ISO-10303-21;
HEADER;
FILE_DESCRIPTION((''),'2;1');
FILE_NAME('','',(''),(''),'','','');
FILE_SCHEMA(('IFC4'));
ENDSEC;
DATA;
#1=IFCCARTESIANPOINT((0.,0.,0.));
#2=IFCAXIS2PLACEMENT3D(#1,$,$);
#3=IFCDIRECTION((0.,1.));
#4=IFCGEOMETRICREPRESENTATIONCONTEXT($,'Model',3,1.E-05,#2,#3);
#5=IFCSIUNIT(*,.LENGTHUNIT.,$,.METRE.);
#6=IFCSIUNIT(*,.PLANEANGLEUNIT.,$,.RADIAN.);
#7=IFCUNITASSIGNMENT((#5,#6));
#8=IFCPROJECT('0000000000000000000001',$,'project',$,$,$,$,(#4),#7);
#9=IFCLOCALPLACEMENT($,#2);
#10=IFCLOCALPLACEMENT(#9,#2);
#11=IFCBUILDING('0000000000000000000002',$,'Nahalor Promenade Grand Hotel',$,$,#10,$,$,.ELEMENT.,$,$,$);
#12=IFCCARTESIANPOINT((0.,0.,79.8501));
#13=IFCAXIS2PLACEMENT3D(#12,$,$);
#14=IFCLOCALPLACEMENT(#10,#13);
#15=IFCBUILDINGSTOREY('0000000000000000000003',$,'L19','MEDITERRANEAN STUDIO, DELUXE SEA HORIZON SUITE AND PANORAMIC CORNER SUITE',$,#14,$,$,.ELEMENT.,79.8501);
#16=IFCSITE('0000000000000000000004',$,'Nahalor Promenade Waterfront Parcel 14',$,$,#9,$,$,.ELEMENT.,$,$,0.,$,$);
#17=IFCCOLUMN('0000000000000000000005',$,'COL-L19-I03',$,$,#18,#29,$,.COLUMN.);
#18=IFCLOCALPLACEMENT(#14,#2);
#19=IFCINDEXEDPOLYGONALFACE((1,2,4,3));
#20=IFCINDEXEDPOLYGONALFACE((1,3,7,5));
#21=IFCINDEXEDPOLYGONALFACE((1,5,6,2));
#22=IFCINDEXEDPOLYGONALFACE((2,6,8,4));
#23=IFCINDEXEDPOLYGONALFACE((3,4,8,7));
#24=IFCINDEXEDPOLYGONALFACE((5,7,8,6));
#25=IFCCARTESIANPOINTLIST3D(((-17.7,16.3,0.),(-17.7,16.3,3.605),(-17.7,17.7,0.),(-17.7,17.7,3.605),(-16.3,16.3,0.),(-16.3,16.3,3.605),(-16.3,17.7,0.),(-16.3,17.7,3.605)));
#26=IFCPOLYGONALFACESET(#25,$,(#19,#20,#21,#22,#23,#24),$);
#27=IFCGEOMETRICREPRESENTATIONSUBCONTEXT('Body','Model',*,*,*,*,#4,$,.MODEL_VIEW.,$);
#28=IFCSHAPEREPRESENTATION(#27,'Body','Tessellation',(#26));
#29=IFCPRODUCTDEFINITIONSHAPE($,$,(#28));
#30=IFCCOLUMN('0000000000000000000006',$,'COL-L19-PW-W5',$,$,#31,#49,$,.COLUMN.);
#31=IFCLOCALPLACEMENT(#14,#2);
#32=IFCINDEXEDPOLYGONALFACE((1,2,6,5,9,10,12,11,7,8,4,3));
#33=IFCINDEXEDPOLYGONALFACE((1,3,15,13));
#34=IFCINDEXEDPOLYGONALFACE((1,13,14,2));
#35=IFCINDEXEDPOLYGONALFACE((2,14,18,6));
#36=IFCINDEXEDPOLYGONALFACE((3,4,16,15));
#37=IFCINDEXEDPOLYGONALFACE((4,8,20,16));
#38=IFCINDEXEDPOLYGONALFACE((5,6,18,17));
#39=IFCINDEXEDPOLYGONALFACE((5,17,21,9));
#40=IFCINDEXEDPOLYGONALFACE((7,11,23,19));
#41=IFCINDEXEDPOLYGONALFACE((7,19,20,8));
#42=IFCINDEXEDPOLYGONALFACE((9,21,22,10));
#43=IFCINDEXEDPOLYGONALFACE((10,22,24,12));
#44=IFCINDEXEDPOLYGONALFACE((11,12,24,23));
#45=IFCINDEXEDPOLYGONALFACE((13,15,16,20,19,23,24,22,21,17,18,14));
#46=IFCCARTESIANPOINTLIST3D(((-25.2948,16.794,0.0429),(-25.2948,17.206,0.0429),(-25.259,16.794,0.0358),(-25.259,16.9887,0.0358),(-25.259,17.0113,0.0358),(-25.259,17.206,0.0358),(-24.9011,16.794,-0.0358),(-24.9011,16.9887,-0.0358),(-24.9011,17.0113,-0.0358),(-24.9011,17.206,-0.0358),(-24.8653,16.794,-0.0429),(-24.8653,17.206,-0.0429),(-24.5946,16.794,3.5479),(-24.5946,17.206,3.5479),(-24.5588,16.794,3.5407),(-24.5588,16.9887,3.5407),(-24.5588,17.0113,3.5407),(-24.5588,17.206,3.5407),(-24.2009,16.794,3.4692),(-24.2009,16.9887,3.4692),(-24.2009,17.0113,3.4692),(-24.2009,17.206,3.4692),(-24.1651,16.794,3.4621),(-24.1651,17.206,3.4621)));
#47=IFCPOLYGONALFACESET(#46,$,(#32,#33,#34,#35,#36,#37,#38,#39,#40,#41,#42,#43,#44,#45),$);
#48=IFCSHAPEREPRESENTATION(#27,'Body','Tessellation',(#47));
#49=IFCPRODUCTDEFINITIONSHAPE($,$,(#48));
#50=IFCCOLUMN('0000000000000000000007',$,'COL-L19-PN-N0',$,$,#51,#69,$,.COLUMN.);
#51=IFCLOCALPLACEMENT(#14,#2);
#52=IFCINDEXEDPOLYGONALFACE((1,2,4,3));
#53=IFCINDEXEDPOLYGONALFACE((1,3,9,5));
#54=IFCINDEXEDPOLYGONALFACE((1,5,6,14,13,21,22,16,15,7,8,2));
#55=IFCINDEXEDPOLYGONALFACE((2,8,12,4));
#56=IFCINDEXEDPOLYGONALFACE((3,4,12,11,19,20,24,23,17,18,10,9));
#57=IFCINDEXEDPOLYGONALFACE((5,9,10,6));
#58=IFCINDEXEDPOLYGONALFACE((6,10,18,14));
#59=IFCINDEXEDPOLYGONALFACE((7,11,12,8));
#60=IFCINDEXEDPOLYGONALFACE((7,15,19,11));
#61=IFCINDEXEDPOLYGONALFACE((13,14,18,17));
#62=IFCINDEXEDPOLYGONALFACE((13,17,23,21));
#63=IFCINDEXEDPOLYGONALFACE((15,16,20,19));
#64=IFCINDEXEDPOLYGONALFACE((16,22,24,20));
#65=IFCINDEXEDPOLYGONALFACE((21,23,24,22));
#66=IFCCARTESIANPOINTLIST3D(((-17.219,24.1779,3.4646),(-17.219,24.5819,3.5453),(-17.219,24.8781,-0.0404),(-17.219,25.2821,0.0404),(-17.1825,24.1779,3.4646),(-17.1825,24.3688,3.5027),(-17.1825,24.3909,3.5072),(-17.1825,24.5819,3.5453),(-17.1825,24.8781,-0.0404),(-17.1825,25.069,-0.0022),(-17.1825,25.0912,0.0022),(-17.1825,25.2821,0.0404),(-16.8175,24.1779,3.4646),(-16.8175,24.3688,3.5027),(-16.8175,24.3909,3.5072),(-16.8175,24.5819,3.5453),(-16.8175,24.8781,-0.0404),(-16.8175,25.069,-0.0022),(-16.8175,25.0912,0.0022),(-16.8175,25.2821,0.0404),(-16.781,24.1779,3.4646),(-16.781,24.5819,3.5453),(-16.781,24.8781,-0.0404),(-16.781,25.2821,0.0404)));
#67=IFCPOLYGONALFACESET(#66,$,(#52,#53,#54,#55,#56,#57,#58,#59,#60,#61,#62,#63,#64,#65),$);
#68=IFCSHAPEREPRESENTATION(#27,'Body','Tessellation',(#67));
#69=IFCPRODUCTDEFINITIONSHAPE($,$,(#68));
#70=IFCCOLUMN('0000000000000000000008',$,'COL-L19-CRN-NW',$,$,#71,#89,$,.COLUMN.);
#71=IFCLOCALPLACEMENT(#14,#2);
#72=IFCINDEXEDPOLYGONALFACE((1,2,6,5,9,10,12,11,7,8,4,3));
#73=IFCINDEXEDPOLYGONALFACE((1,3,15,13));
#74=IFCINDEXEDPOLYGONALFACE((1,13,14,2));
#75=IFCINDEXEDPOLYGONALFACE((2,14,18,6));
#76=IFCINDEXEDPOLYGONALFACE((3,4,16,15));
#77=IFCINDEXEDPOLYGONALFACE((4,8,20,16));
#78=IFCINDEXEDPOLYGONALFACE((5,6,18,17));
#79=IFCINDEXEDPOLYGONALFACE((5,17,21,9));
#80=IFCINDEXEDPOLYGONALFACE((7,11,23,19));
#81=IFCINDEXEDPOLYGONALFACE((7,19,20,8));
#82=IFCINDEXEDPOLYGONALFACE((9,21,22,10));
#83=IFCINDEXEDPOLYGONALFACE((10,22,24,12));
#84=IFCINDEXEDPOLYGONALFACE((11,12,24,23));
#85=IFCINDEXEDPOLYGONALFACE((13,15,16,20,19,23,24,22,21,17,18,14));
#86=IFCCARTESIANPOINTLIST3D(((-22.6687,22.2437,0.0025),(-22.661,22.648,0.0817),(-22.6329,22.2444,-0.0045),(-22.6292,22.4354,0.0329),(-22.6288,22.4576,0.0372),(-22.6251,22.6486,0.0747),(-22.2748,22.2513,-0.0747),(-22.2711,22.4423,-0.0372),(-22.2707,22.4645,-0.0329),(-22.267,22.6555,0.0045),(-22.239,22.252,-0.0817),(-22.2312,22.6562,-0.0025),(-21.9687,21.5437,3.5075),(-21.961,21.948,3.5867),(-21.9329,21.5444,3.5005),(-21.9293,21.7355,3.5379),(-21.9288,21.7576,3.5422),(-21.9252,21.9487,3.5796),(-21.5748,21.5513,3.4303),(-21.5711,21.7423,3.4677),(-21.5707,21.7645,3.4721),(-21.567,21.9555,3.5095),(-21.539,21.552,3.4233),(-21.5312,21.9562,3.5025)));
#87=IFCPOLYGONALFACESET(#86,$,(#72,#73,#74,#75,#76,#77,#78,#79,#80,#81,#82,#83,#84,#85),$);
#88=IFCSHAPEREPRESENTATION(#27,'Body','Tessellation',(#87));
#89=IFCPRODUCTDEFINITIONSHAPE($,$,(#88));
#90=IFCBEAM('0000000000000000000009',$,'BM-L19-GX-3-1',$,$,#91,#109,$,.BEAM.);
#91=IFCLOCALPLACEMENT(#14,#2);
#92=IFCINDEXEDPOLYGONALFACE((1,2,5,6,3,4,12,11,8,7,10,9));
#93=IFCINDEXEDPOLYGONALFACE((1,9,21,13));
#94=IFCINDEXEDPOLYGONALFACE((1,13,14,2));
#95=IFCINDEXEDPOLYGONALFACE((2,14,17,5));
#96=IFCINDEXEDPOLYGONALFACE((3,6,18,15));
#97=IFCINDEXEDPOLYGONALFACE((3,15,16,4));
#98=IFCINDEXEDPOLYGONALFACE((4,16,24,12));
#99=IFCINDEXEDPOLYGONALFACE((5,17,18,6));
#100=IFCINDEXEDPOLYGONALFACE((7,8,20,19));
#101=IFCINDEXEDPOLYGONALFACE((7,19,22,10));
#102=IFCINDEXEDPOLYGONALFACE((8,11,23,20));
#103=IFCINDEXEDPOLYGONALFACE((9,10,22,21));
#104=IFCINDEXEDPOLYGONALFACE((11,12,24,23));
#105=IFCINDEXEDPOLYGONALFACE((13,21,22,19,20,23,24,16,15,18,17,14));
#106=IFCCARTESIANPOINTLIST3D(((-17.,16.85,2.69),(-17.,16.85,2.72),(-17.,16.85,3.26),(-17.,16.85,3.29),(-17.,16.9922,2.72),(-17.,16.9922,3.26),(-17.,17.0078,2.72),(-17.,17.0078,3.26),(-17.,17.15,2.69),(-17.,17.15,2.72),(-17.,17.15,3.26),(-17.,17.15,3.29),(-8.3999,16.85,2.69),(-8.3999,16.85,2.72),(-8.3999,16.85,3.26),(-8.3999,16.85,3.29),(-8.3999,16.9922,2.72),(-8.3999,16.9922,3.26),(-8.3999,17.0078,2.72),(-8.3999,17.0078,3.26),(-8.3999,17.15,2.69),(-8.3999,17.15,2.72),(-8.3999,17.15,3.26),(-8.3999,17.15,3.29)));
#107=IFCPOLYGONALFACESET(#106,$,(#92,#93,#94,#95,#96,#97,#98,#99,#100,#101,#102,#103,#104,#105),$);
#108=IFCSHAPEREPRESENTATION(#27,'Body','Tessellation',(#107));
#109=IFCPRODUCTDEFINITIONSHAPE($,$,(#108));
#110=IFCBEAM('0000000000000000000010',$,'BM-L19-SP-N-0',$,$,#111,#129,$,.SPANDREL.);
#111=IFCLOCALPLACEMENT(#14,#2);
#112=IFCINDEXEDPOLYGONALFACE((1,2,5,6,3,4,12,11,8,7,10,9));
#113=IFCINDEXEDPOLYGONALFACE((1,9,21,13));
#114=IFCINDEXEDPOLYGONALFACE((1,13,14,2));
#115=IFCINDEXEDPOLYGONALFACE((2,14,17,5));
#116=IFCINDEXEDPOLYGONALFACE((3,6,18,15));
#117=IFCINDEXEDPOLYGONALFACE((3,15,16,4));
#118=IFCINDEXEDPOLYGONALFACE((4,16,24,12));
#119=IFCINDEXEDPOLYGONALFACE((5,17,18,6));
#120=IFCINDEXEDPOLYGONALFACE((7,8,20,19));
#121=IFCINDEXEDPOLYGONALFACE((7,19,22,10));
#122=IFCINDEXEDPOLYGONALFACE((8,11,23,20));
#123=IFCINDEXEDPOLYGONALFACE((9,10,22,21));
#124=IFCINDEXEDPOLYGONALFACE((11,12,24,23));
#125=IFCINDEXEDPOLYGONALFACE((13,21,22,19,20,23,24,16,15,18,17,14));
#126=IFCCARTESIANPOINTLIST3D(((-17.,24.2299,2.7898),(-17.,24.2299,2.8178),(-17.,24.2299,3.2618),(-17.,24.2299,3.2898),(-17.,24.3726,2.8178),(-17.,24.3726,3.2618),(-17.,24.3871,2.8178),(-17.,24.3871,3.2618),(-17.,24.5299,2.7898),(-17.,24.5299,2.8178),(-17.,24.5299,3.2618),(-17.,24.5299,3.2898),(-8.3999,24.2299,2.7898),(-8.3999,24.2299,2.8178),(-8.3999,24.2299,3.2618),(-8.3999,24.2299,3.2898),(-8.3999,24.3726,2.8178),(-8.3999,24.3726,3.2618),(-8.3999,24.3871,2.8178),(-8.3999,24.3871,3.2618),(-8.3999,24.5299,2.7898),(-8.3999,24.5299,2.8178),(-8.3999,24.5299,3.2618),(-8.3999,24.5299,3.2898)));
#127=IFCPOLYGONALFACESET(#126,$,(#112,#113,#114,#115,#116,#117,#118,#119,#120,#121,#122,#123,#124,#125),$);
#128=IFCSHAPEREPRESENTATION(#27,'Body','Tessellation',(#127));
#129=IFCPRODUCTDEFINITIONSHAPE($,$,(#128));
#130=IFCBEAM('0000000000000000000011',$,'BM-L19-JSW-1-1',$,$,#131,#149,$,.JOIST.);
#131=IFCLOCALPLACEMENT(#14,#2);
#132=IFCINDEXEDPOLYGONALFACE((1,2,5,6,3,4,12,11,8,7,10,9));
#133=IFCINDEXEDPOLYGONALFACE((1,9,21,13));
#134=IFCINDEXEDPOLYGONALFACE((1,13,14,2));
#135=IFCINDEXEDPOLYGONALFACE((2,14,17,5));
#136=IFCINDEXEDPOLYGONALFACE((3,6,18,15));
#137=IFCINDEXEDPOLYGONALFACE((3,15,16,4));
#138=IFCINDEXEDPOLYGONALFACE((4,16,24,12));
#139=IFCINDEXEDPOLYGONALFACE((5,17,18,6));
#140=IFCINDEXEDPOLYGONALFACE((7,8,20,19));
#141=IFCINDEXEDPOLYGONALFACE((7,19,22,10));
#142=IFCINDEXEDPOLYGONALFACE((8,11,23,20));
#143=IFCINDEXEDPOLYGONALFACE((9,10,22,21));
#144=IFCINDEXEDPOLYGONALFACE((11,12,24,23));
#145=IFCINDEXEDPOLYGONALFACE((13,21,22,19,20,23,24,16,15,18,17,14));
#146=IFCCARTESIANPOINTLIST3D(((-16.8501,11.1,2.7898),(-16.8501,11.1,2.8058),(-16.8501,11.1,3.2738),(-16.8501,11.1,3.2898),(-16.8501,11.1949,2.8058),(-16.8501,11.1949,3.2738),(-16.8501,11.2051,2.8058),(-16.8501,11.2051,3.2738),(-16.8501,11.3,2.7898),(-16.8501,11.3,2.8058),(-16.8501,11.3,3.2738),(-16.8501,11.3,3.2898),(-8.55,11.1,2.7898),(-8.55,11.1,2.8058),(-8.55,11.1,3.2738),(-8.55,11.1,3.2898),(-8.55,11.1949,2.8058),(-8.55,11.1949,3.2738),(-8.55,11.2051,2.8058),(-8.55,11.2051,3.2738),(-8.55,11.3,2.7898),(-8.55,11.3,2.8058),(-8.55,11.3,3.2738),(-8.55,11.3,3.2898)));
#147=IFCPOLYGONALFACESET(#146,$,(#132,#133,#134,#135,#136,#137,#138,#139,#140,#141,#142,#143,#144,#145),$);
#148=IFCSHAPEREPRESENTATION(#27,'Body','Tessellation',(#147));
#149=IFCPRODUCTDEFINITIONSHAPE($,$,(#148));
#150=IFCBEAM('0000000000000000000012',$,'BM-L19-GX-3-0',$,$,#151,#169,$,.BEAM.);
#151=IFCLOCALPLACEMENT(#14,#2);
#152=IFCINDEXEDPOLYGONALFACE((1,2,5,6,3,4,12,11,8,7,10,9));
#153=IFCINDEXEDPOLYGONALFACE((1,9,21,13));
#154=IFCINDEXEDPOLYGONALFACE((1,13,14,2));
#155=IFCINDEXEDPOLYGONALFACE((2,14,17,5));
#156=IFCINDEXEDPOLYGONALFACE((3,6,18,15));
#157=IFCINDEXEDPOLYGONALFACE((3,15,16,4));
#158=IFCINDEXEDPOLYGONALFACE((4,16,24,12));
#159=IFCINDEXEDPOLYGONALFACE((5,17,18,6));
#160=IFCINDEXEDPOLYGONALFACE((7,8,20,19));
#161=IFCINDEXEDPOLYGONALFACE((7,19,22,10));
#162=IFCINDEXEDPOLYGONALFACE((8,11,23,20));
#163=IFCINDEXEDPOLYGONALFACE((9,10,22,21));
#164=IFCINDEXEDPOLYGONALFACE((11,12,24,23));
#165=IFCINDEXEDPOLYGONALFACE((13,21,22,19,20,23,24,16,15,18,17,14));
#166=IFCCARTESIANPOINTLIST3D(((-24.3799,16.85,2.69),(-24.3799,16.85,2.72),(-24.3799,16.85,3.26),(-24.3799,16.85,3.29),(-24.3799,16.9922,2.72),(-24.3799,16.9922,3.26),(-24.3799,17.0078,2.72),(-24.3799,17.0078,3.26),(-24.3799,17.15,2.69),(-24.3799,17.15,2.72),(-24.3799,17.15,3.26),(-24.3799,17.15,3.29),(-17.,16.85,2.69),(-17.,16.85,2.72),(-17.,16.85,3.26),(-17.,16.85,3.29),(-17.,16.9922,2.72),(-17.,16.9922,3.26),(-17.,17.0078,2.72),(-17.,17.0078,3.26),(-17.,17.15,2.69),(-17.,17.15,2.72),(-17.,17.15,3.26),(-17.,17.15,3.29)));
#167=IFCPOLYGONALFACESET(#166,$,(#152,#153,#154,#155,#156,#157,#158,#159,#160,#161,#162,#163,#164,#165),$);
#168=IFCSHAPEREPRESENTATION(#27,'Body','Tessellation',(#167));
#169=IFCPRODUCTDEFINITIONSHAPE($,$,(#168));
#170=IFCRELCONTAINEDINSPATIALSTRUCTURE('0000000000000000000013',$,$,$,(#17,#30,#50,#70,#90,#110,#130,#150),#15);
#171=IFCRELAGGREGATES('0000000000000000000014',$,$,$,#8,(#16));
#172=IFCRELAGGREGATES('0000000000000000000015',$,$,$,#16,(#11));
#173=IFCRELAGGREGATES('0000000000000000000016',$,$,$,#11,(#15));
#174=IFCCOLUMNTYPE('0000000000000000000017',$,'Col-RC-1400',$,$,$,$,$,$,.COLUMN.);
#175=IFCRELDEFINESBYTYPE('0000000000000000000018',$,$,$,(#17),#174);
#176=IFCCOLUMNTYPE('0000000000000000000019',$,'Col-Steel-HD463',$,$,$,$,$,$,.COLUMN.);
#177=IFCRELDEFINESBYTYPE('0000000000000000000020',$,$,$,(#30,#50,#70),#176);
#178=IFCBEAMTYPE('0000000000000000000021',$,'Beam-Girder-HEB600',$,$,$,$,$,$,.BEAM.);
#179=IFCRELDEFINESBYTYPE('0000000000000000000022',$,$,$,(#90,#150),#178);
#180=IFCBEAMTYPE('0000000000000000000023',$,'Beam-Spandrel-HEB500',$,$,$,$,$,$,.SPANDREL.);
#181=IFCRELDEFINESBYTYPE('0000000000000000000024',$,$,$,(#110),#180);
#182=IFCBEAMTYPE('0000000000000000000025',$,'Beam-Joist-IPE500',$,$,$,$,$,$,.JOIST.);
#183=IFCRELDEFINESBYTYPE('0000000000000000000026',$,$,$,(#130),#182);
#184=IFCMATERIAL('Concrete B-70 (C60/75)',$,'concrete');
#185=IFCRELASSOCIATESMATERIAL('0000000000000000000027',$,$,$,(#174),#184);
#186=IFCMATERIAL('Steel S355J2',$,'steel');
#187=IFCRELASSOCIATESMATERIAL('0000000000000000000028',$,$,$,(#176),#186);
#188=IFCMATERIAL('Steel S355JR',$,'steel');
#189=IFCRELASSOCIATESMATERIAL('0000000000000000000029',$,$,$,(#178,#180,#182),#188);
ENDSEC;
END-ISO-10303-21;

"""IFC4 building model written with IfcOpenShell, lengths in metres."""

from ifc_helpers import new_model, si_unit, direction, frame, origin, origin_2d, place, context, subcontext, project, spatial, rectangle, i_section, extrude, source, transform, mapped, material, material_profile, profile_set, type_object, element, save


model = new_model("IFC4")

# Units and contexts
model_context = context("Model", 3, precision=1e-05, world=origin(), true_north=direction((0.0, 1.0)))
body_context = subcontext(model_context, "Body", "Model", "MODEL_VIEW")
ifc_project = project(units=[si_unit("LENGTHUNIT", "METRE"), si_unit("PLANEANGLEUNIT", "RADIAN")], contexts=[model_context])

# Site, building, storey
site_placement = place(None, origin())
site = spatial("IfcSite", under=ifc_project, at=site_placement, Name="Nahalor Promenade Waterfront Parcel 14", CompositionType="ELEMENT", RefElevation=0.0)
building_placement = place(site_placement, origin())
building = spatial("IfcBuilding", under=site, at=building_placement, Name="Nahalor Promenade Grand Hotel", CompositionType="ELEMENT")
storey_placement = place(building_placement, frame((0.0, 0.0, 79.8501)))
storey = spatial("IfcBuildingStorey", under=building, at=storey_placement, Name="L19", Description="MEDITERRANEAN STUDIO, DELUXE SEA HORIZON SUITE AND PANORAMIC CORNER SUITE", CompositionType="ELEMENT", Elevation=79.8501)

# Columns
ifc_material_1 = material(Name="Concrete B-70 (C60/75)", Category="concrete")
ifc_material_profile_1 = material_profile(ifc_material_1, rectangle(XDim=1.4, YDim=1.4, at=origin_2d()), Name="RC 1400x1400")
ifc_profile_set_1 = profile_set([ifc_material_profile_1], Name="Concrete B-70 (C60/75)")
column_type_1 = type_object("IfcColumnType", Name="Col-RC-1400", PredefinedType="COLUMN", material=ifc_profile_set_1)
shared_shape_1 = source(origin(), body_context, "Body", "SweptSolid", [
    extrude(rectangle(XDim=1.4, YDim=1.4, at=origin_2d()), origin(), (0.0, 0.0, 1.0), 3.605),
])
column_1_placement = place(storey_placement, frame((-17.0, 17.0, 0.0), z_axis=(0.0, 0.0, 1.0), x_axis=(1.0, 0.0, 0.0)))
element("IfcColumn", 1, at=column_1_placement, inside=storey, type_object=column_type_1, Name="COL-L19-I03", PredefinedType="COLUMN", context=body_context, shape_type="MappedRepresentation", body=[
    mapped(shared_shape_1, transform((0.0, 0.0, 0.0), scale=1.0)),
])
ifc_material_2 = material(Name="Steel S355J2", Category="steel")
ifc_material_profile_2 = material_profile(ifc_material_2, i_section(OverallWidth=0.412, OverallDepth=0.438, WebThickness=0.0226, FlangeThickness=0.0365, at=origin_2d()), Name="HD 400x463")
ifc_profile_set_2 = profile_set([ifc_material_profile_2], Name="Steel S355J2")
column_type_2 = type_object("IfcColumnType", Name="Col-Steel-HD463", PredefinedType="COLUMN", material=ifc_profile_set_2)
shared_shape_2 = source(origin(), body_context, "Body", "SweptSolid", [
    extrude(i_section(OverallWidth=0.412, OverallDepth=0.438, WebThickness=0.0226, FlangeThickness=0.0365, at=origin_2d()), origin(), (0.0, 0.0, 1.0), 3.5742),
])
for number, where, z_axis, x_axis, name in (
    (2, (-25.0801, 17.0, 0.0), (0.195906, 0.0, 0.980623), (0.0, 1.0, 0.0), "COL-L19-PW-W5"),
    (3, (-17.0, 25.0801, 0.0), (0.0, -0.195906, 0.980623), (0.0, 0.980623, 0.195906), "COL-L19-PN-N0"),
):
    element("IfcColumn", number, at=place(storey_placement, frame(where, z_axis=z_axis, x_axis=x_axis)), inside=storey, type_object=column_type_2, Name=name, PredefinedType="COLUMN", context=body_context, shape_type="MappedRepresentation", body=[
        mapped(shared_shape_2, transform((0.0, 0.0, 0.0), scale=1.0)),
    ])
shared_shape_3 = source(origin(), body_context, "Body", "SweptSolid", [
    extrude(i_section(OverallWidth=0.412, OverallDepth=0.438, WebThickness=0.0226, FlangeThickness=0.0365, at=origin_2d()), origin(), (0.0, 0.0, 1.0), 3.6421),
])
column_2_placement = place(storey_placement, frame((-22.45, 22.45, 0.0), z_axis=(0.192189, -0.192189, 0.962355), x_axis=(0.018823, 0.981177, 0.192189)))
element("IfcColumn", 4, at=column_2_placement, inside=storey, type_object=column_type_2, Name="COL-L19-CRN-NW", PredefinedType="COLUMN", context=body_context, shape_type="MappedRepresentation", body=[
    mapped(shared_shape_3, transform((0.0, 0.0, 0.0), scale=1.0)),
])

# Beams
ifc_material_3 = material(Name="Steel S355JR", Category="steel")
ifc_material_profile_3 = material_profile(ifc_material_3, i_section(OverallWidth=0.3, OverallDepth=0.6, WebThickness=0.0155, FlangeThickness=0.03, at=origin_2d()), Name="HEB 600")
ifc_profile_set_3 = profile_set([ifc_material_profile_3], Name="Steel S355JR")
beam_type_1 = type_object("IfcBeamType", Name="Beam-Girder-HEB600", PredefinedType="BEAM", material=ifc_profile_set_3)
shared_shape_4 = source(origin(), body_context, "Body", "SweptSolid", [
    extrude(i_section(OverallWidth=0.3, OverallDepth=0.6, WebThickness=0.0155, FlangeThickness=0.03, at=origin_2d()), origin(), (0.0, 0.0, 1.0), 8.6001),
])
beam_1_placement = place(storey_placement, frame((-17.0, 17.0, 2.99), z_axis=(1.0, 0.0, 0.0), x_axis=(0.0, 1.0, 0.0)))
element("IfcBeam", 5, at=beam_1_placement, inside=storey, type_object=beam_type_1, Name="BM-L19-GX-3-1", PredefinedType="BEAM", context=body_context, shape_type="MappedRepresentation", body=[
    mapped(shared_shape_4, transform((0.0, 0.0, 0.0), scale=1.0)),
])
ifc_material_profile_4 = material_profile(ifc_material_3, i_section(OverallWidth=0.3, OverallDepth=0.5, WebThickness=0.0145, FlangeThickness=0.028, at=origin_2d()), Name="HEB 500")
ifc_profile_set_4 = profile_set([ifc_material_profile_4], Name="Steel S355JR")
beam_type_2 = type_object("IfcBeamType", Name="Beam-Spandrel-HEB500", PredefinedType="SPANDREL", material=ifc_profile_set_4)
shared_shape_5 = source(origin(), body_context, "Body", "SweptSolid", [
    extrude(i_section(OverallWidth=0.3, OverallDepth=0.5, WebThickness=0.0145, FlangeThickness=0.028, at=origin_2d()), origin(), (0.0, 0.0, 1.0), 8.6001),
])
beam_2_placement = place(storey_placement, frame((-17.0, 24.3799, 3.0398), z_axis=(1.0, 0.0, 0.0), x_axis=(0.0, 1.0, 0.0)))
element("IfcBeam", 6, at=beam_2_placement, inside=storey, type_object=beam_type_2, Name="BM-L19-SP-N-0", PredefinedType="SPANDREL", context=body_context, shape_type="MappedRepresentation", body=[
    mapped(shared_shape_5, transform((0.0, 0.0, 0.0), scale=1.0)),
])
ifc_material_profile_5 = material_profile(ifc_material_3, i_section(OverallWidth=0.2, OverallDepth=0.5, WebThickness=0.0102, FlangeThickness=0.016, at=origin_2d()), Name="IPE 500")
ifc_profile_set_5 = profile_set([ifc_material_profile_5], Name="Steel S355JR")
beam_type_3 = type_object("IfcBeamType", Name="Beam-Joist-IPE500", PredefinedType="JOIST", material=ifc_profile_set_5)
shared_shape_6 = source(origin(), body_context, "Body", "SweptSolid", [
    extrude(i_section(OverallWidth=0.2, OverallDepth=0.5, WebThickness=0.0102, FlangeThickness=0.016, at=origin_2d()), origin(), (0.0, 0.0, 1.0), 8.3),
])
beam_3_placement = place(storey_placement, frame((-16.8501, 11.2, 3.0398), z_axis=(1.0, 0.0, 0.0), x_axis=(0.0, 1.0, 0.0)))
element("IfcBeam", 7, at=beam_3_placement, inside=storey, type_object=beam_type_3, Name="BM-L19-JSW-1-1", PredefinedType="JOIST", context=body_context, shape_type="MappedRepresentation", body=[
    mapped(shared_shape_6, transform((0.0, 0.0, 0.0), scale=1.0)),
])
shared_shape_7 = source(origin(), body_context, "Body", "SweptSolid", [
    extrude(i_section(OverallWidth=0.3, OverallDepth=0.6, WebThickness=0.0155, FlangeThickness=0.03, at=origin_2d()), origin(), (0.0, 0.0, 1.0), 7.3799),
])
for number, where, z_axis, x_axis, name in (
    (8, (-24.3799, 17.0, 2.99), (1.0, 0.0, 0.0), (0.0, 1.0, 0.0), "BM-L19-GX-3-0"),
):
    element("IfcBeam", number, at=place(storey_placement, frame(where, z_axis=z_axis, x_axis=x_axis)), inside=storey, type_object=beam_type_1, Name=name, PredefinedType="BEAM", context=body_context, shape_type="MappedRepresentation", body=[
        mapped(shared_shape_7, transform((0.0, 0.0, 0.0), scale=1.0)),
    ])

save(model, "model.ifc")
